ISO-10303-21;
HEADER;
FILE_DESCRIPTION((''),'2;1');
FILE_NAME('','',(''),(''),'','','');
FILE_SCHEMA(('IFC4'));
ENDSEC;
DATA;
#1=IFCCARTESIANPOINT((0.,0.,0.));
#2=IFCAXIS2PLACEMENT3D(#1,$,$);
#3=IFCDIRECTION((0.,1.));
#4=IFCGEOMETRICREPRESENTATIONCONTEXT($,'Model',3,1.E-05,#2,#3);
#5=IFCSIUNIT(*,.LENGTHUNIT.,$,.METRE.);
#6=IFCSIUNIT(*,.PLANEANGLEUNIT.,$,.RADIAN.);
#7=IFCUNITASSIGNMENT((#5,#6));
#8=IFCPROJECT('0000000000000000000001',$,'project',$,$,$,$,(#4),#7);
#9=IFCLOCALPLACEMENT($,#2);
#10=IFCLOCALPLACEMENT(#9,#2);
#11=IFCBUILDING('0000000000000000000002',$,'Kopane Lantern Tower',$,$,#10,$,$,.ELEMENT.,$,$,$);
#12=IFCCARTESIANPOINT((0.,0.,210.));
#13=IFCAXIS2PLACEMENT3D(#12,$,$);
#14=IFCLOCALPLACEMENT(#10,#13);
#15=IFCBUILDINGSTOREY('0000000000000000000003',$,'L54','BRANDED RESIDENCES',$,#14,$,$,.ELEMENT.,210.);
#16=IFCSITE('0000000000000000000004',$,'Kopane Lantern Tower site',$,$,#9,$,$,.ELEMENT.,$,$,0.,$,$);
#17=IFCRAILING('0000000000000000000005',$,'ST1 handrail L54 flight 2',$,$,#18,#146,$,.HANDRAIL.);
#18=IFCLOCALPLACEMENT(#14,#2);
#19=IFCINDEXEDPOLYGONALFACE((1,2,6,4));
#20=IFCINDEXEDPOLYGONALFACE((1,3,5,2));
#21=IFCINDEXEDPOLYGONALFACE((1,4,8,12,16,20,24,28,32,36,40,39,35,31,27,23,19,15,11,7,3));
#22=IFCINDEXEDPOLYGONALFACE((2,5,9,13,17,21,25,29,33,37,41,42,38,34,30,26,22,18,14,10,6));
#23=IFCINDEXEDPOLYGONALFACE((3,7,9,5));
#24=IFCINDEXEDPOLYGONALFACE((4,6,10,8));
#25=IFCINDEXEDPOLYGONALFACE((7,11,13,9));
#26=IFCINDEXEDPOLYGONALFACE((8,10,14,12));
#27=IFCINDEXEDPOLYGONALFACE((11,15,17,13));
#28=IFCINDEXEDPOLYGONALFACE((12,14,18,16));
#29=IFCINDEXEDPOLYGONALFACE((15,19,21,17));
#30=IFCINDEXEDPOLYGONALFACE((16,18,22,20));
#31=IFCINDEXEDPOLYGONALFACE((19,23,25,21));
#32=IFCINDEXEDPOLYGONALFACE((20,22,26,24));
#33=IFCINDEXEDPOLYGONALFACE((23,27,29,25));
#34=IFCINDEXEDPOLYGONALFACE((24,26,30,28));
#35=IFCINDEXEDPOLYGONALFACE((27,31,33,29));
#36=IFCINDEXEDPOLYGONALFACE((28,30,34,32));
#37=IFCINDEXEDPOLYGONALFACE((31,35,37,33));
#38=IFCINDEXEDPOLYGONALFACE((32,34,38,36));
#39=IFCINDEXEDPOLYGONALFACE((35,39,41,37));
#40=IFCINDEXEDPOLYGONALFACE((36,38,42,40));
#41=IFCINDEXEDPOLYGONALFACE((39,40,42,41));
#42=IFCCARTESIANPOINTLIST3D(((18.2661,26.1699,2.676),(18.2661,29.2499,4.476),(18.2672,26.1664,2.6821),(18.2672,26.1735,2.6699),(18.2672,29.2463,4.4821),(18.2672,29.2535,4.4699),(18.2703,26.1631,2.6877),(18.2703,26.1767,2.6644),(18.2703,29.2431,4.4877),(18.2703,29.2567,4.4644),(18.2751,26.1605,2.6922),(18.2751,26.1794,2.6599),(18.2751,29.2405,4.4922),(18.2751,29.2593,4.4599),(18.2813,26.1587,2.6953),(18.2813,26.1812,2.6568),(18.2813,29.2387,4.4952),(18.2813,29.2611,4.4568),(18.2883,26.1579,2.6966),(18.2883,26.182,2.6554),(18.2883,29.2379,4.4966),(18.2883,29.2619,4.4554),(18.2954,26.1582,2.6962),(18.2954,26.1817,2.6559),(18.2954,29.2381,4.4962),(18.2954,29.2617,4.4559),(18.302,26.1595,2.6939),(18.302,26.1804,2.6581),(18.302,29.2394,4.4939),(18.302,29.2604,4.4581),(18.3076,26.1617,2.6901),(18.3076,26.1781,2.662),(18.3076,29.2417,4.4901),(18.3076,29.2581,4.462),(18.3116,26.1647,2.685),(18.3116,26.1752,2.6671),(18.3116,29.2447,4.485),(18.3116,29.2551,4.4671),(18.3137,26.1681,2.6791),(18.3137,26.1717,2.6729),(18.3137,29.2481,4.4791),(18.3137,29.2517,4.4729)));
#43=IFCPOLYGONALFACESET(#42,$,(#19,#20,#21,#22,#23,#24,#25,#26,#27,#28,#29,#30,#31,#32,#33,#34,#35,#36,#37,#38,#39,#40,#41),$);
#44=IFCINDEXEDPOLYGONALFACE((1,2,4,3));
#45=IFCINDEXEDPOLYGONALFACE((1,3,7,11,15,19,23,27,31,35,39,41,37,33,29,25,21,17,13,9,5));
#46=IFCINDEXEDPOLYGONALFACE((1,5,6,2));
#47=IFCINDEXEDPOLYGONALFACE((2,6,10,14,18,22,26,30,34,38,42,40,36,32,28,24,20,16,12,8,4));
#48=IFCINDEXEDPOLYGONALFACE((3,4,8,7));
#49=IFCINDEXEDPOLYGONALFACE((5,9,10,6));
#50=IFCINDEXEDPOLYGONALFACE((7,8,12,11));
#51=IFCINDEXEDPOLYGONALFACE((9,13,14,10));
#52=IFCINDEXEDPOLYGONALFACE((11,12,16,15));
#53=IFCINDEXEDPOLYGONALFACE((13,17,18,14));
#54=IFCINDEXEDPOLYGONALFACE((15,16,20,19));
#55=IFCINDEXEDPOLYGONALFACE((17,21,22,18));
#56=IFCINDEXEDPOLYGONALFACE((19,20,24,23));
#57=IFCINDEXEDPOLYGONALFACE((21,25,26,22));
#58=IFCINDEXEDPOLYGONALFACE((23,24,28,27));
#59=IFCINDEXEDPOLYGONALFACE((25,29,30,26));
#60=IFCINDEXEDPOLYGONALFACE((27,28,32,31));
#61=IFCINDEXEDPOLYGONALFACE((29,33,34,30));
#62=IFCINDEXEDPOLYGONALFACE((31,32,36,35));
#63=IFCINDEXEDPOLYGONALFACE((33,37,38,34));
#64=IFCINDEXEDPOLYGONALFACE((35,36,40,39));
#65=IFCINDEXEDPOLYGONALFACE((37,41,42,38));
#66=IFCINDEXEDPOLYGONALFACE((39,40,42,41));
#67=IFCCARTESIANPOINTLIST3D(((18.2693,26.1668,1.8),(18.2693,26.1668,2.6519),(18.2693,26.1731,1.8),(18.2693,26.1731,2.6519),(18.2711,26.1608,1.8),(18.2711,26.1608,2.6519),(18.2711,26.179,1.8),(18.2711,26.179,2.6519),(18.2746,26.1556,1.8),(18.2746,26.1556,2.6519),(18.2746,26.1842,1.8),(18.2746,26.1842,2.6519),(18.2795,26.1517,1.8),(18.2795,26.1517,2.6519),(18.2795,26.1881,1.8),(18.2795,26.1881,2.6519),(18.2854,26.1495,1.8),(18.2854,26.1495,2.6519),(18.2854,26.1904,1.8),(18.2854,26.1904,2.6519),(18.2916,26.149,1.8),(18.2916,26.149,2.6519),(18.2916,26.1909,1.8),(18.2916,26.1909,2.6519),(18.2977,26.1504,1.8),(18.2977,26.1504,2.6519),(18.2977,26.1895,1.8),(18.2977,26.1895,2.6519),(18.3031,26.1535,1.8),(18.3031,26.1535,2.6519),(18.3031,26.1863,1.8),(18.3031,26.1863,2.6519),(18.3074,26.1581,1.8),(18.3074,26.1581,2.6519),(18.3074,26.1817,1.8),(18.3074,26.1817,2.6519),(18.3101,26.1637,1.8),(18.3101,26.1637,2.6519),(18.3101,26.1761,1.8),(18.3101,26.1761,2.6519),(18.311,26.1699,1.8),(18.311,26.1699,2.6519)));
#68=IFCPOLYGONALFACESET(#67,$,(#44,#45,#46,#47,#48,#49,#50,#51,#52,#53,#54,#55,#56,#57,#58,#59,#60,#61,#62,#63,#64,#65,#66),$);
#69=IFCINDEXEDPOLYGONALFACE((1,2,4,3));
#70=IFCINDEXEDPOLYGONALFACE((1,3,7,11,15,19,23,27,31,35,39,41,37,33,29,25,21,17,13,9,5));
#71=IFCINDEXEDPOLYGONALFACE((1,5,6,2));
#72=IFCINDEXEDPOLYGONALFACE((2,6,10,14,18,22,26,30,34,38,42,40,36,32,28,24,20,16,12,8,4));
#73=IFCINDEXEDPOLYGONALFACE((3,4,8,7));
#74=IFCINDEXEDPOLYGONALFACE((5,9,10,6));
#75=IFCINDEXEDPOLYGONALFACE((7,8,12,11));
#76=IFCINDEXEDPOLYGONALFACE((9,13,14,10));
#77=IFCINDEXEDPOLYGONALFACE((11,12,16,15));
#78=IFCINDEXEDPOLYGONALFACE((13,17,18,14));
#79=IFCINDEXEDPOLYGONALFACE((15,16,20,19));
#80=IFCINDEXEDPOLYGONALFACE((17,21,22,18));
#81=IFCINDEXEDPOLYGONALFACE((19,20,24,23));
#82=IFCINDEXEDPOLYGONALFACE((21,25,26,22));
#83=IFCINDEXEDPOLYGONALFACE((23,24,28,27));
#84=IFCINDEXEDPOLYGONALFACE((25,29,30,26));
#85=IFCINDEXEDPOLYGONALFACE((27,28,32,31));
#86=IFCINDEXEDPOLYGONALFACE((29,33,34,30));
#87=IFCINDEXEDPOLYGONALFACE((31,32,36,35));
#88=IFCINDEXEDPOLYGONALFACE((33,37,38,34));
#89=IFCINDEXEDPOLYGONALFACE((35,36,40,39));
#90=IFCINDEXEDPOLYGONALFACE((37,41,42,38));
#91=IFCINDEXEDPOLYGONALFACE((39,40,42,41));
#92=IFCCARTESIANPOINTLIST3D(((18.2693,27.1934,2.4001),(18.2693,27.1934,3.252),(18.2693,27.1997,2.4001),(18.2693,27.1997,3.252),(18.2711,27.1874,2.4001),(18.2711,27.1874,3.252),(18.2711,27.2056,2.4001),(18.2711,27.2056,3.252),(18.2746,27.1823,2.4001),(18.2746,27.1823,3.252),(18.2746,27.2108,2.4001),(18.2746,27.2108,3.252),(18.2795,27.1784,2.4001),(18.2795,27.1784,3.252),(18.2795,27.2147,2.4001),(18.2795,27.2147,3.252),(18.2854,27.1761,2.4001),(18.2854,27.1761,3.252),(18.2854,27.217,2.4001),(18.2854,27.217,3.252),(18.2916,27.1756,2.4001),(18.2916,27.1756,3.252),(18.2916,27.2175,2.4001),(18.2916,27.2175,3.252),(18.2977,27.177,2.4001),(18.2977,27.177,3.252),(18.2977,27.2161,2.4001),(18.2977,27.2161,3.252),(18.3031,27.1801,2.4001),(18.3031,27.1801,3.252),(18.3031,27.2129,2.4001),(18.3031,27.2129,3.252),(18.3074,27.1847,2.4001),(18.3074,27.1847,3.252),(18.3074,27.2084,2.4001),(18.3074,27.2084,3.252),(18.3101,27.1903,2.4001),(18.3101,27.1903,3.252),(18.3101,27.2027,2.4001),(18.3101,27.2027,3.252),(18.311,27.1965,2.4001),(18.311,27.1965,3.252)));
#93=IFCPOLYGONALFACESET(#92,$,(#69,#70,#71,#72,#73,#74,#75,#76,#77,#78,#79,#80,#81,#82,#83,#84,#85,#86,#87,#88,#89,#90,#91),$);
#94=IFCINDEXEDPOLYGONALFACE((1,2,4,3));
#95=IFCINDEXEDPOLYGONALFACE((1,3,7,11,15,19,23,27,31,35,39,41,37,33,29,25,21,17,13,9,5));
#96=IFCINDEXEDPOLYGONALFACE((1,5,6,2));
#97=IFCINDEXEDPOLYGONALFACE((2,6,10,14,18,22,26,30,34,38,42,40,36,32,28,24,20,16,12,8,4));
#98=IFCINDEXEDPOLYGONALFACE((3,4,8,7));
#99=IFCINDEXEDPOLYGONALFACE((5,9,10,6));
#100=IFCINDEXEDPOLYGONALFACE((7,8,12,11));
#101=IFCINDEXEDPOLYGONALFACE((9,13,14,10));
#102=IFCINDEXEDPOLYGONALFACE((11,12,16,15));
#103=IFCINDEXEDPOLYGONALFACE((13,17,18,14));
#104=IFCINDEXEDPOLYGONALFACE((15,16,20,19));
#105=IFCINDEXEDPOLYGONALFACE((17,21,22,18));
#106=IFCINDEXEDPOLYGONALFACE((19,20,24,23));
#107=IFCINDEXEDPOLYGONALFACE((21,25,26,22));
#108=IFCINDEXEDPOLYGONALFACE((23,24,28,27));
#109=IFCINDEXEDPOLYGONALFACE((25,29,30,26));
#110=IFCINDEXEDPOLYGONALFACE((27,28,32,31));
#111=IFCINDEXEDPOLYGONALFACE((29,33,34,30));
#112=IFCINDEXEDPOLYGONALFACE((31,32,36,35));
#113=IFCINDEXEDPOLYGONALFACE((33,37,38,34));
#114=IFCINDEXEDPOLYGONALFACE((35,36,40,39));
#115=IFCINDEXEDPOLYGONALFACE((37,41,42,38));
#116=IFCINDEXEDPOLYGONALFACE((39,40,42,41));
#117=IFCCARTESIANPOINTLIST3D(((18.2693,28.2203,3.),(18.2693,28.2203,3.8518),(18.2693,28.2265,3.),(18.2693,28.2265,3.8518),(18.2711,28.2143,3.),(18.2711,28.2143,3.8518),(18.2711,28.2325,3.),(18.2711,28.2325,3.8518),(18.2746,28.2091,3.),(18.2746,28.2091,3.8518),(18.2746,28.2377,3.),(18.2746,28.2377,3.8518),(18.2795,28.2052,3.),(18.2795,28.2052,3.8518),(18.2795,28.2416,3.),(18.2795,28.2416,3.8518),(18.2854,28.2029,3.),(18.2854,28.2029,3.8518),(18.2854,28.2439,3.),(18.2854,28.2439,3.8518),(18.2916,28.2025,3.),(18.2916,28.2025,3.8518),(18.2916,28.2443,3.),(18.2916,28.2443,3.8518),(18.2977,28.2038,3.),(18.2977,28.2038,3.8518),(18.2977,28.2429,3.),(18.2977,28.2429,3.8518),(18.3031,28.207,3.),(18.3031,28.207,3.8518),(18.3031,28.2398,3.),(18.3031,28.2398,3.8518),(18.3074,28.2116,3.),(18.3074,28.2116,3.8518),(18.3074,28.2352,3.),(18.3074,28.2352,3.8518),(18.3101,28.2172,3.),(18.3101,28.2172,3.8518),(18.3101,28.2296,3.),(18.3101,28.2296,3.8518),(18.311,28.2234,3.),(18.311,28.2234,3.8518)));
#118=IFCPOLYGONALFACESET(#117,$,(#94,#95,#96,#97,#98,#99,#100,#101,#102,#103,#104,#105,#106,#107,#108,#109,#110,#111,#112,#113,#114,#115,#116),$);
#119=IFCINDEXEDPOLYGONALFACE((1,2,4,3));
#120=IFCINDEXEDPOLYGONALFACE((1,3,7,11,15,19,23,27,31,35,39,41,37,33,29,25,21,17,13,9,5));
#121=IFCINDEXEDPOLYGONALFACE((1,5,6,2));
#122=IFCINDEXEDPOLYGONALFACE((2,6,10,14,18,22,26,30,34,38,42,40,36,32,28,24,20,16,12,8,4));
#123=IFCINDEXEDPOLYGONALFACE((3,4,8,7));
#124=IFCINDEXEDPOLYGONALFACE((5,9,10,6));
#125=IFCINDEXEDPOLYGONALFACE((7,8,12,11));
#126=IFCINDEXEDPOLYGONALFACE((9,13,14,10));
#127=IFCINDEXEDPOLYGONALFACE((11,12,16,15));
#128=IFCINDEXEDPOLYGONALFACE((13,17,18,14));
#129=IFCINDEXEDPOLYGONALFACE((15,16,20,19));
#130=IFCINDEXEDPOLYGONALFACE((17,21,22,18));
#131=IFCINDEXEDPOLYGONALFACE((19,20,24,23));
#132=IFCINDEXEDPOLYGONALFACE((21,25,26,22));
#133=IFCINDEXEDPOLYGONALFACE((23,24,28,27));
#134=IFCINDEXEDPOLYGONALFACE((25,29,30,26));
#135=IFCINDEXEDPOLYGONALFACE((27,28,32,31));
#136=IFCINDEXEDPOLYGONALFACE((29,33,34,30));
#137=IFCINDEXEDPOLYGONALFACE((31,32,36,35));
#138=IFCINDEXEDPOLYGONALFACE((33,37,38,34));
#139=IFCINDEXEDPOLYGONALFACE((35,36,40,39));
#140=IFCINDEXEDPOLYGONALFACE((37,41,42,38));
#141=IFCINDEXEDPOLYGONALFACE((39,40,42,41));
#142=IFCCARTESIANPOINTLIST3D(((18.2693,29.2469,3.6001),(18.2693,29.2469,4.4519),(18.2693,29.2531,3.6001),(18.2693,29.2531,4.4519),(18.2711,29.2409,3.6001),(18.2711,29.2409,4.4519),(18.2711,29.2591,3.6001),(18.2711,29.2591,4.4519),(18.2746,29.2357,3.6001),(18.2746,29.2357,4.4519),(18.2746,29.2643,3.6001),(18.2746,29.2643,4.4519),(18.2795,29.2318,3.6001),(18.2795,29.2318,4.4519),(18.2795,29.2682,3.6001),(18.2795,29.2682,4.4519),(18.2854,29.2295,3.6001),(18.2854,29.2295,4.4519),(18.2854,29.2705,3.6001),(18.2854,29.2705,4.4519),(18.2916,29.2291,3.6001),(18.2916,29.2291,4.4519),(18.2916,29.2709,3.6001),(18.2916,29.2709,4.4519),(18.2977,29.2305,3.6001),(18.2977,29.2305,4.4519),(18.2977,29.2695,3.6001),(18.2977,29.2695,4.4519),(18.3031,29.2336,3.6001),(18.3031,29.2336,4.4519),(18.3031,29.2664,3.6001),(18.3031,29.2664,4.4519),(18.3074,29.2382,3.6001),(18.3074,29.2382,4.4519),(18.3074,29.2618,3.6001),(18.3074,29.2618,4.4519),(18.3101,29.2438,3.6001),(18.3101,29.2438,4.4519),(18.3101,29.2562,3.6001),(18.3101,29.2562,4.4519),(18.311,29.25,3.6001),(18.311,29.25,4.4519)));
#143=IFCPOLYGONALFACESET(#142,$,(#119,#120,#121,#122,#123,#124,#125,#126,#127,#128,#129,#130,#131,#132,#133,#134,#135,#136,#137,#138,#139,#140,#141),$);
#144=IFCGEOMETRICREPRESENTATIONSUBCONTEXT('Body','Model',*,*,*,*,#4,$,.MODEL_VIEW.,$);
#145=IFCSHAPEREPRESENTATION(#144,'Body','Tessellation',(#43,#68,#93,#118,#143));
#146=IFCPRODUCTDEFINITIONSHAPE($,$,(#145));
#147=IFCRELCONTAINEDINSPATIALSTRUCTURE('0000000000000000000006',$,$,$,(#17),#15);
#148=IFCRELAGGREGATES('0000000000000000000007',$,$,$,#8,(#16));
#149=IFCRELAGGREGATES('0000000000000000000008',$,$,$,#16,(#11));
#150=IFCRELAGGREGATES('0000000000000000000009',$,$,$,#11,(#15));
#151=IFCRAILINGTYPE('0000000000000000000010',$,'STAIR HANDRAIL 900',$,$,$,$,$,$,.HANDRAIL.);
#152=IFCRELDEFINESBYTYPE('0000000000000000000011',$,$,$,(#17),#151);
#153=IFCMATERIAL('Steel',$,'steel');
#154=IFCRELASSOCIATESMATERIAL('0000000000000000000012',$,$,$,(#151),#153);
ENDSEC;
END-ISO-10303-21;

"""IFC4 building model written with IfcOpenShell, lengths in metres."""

from ifc_helpers import new_model, si_unit, direction, frame, origin, origin_2d, place, context, subcontext, project, spatial, circle, extrude, material, type_object, element, save


model = new_model("IFC4")

# Units and contexts
model_context = context("Model", 3, precision=1e-05, world=origin(), true_north=direction((0.0, 1.0)))
body_context = subcontext(model_context, "Body", "Model", "MODEL_VIEW")
ifc_project = project(units=[si_unit("LENGTHUNIT", "METRE"), si_unit("PLANEANGLEUNIT", "RADIAN")], contexts=[model_context])

# Site, building, storey
site_placement = place(None, origin())
site = spatial("IfcSite", under=ifc_project, at=site_placement, Name="Kopane Lantern Tower site", CompositionType="ELEMENT", RefElevation=0.0)
building_placement = place(site_placement, origin())
building = spatial("IfcBuilding", under=site, at=building_placement, Name="Kopane Lantern Tower", CompositionType="ELEMENT")
storey_placement = place(building_placement, frame((0.0, 0.0, 210.0)))
storey = spatial("IfcBuildingStorey", under=building, at=storey_placement, Name="L54", Description="BRANDED RESIDENCES", CompositionType="ELEMENT", Elevation=210.0)

# Railing
ifc_material_1 = material(Name="Steel", Category="steel")
railing_type_1 = type_object("IfcRailingType", Name="STAIR HANDRAIL 900", PredefinedType="HANDRAIL", material=ifc_material_1)
for number, where, name in (
    (1, (18.29, 26.1699, 1.8), "ST1 handrail L54 flight 2"),
):
    element("IfcRailing", number, at=place(storey_placement, frame(where)), inside=storey, type_object=railing_type_1, Name=name, PredefinedType="HANDRAIL", context=body_context, shape_type="SweptSolid", body=[
        extrude(circle(Radius=0.0239, at=origin_2d()), frame((0.0, 0.0, 0.876), z_axis=(0.0, 0.863372, 0.504569), x_axis=(-1.0, 0.0, 0.0)), (0.0, 0.0, 1.0), 3.5674),
        extrude(circle(Radius=0.021, at=origin_2d()), origin(), (0.0, 0.0, 1.0), 0.8518),
        extrude(circle(Radius=0.021, at=origin_2d()), frame((0.0, 1.0266, 0.6001)), (0.0, 0.0, 1.0), 0.8518),
        extrude(circle(Radius=0.021, at=origin_2d()), frame((0.0, 2.0535, 1.2)), (0.0, 0.0, 1.0), 0.8518),
        extrude(circle(Radius=0.021, at=origin_2d()), frame((0.0, 3.0801, 1.8)), (0.0, 0.0, 1.0), 0.8518),
    ])

save(model, "model.ifc")
